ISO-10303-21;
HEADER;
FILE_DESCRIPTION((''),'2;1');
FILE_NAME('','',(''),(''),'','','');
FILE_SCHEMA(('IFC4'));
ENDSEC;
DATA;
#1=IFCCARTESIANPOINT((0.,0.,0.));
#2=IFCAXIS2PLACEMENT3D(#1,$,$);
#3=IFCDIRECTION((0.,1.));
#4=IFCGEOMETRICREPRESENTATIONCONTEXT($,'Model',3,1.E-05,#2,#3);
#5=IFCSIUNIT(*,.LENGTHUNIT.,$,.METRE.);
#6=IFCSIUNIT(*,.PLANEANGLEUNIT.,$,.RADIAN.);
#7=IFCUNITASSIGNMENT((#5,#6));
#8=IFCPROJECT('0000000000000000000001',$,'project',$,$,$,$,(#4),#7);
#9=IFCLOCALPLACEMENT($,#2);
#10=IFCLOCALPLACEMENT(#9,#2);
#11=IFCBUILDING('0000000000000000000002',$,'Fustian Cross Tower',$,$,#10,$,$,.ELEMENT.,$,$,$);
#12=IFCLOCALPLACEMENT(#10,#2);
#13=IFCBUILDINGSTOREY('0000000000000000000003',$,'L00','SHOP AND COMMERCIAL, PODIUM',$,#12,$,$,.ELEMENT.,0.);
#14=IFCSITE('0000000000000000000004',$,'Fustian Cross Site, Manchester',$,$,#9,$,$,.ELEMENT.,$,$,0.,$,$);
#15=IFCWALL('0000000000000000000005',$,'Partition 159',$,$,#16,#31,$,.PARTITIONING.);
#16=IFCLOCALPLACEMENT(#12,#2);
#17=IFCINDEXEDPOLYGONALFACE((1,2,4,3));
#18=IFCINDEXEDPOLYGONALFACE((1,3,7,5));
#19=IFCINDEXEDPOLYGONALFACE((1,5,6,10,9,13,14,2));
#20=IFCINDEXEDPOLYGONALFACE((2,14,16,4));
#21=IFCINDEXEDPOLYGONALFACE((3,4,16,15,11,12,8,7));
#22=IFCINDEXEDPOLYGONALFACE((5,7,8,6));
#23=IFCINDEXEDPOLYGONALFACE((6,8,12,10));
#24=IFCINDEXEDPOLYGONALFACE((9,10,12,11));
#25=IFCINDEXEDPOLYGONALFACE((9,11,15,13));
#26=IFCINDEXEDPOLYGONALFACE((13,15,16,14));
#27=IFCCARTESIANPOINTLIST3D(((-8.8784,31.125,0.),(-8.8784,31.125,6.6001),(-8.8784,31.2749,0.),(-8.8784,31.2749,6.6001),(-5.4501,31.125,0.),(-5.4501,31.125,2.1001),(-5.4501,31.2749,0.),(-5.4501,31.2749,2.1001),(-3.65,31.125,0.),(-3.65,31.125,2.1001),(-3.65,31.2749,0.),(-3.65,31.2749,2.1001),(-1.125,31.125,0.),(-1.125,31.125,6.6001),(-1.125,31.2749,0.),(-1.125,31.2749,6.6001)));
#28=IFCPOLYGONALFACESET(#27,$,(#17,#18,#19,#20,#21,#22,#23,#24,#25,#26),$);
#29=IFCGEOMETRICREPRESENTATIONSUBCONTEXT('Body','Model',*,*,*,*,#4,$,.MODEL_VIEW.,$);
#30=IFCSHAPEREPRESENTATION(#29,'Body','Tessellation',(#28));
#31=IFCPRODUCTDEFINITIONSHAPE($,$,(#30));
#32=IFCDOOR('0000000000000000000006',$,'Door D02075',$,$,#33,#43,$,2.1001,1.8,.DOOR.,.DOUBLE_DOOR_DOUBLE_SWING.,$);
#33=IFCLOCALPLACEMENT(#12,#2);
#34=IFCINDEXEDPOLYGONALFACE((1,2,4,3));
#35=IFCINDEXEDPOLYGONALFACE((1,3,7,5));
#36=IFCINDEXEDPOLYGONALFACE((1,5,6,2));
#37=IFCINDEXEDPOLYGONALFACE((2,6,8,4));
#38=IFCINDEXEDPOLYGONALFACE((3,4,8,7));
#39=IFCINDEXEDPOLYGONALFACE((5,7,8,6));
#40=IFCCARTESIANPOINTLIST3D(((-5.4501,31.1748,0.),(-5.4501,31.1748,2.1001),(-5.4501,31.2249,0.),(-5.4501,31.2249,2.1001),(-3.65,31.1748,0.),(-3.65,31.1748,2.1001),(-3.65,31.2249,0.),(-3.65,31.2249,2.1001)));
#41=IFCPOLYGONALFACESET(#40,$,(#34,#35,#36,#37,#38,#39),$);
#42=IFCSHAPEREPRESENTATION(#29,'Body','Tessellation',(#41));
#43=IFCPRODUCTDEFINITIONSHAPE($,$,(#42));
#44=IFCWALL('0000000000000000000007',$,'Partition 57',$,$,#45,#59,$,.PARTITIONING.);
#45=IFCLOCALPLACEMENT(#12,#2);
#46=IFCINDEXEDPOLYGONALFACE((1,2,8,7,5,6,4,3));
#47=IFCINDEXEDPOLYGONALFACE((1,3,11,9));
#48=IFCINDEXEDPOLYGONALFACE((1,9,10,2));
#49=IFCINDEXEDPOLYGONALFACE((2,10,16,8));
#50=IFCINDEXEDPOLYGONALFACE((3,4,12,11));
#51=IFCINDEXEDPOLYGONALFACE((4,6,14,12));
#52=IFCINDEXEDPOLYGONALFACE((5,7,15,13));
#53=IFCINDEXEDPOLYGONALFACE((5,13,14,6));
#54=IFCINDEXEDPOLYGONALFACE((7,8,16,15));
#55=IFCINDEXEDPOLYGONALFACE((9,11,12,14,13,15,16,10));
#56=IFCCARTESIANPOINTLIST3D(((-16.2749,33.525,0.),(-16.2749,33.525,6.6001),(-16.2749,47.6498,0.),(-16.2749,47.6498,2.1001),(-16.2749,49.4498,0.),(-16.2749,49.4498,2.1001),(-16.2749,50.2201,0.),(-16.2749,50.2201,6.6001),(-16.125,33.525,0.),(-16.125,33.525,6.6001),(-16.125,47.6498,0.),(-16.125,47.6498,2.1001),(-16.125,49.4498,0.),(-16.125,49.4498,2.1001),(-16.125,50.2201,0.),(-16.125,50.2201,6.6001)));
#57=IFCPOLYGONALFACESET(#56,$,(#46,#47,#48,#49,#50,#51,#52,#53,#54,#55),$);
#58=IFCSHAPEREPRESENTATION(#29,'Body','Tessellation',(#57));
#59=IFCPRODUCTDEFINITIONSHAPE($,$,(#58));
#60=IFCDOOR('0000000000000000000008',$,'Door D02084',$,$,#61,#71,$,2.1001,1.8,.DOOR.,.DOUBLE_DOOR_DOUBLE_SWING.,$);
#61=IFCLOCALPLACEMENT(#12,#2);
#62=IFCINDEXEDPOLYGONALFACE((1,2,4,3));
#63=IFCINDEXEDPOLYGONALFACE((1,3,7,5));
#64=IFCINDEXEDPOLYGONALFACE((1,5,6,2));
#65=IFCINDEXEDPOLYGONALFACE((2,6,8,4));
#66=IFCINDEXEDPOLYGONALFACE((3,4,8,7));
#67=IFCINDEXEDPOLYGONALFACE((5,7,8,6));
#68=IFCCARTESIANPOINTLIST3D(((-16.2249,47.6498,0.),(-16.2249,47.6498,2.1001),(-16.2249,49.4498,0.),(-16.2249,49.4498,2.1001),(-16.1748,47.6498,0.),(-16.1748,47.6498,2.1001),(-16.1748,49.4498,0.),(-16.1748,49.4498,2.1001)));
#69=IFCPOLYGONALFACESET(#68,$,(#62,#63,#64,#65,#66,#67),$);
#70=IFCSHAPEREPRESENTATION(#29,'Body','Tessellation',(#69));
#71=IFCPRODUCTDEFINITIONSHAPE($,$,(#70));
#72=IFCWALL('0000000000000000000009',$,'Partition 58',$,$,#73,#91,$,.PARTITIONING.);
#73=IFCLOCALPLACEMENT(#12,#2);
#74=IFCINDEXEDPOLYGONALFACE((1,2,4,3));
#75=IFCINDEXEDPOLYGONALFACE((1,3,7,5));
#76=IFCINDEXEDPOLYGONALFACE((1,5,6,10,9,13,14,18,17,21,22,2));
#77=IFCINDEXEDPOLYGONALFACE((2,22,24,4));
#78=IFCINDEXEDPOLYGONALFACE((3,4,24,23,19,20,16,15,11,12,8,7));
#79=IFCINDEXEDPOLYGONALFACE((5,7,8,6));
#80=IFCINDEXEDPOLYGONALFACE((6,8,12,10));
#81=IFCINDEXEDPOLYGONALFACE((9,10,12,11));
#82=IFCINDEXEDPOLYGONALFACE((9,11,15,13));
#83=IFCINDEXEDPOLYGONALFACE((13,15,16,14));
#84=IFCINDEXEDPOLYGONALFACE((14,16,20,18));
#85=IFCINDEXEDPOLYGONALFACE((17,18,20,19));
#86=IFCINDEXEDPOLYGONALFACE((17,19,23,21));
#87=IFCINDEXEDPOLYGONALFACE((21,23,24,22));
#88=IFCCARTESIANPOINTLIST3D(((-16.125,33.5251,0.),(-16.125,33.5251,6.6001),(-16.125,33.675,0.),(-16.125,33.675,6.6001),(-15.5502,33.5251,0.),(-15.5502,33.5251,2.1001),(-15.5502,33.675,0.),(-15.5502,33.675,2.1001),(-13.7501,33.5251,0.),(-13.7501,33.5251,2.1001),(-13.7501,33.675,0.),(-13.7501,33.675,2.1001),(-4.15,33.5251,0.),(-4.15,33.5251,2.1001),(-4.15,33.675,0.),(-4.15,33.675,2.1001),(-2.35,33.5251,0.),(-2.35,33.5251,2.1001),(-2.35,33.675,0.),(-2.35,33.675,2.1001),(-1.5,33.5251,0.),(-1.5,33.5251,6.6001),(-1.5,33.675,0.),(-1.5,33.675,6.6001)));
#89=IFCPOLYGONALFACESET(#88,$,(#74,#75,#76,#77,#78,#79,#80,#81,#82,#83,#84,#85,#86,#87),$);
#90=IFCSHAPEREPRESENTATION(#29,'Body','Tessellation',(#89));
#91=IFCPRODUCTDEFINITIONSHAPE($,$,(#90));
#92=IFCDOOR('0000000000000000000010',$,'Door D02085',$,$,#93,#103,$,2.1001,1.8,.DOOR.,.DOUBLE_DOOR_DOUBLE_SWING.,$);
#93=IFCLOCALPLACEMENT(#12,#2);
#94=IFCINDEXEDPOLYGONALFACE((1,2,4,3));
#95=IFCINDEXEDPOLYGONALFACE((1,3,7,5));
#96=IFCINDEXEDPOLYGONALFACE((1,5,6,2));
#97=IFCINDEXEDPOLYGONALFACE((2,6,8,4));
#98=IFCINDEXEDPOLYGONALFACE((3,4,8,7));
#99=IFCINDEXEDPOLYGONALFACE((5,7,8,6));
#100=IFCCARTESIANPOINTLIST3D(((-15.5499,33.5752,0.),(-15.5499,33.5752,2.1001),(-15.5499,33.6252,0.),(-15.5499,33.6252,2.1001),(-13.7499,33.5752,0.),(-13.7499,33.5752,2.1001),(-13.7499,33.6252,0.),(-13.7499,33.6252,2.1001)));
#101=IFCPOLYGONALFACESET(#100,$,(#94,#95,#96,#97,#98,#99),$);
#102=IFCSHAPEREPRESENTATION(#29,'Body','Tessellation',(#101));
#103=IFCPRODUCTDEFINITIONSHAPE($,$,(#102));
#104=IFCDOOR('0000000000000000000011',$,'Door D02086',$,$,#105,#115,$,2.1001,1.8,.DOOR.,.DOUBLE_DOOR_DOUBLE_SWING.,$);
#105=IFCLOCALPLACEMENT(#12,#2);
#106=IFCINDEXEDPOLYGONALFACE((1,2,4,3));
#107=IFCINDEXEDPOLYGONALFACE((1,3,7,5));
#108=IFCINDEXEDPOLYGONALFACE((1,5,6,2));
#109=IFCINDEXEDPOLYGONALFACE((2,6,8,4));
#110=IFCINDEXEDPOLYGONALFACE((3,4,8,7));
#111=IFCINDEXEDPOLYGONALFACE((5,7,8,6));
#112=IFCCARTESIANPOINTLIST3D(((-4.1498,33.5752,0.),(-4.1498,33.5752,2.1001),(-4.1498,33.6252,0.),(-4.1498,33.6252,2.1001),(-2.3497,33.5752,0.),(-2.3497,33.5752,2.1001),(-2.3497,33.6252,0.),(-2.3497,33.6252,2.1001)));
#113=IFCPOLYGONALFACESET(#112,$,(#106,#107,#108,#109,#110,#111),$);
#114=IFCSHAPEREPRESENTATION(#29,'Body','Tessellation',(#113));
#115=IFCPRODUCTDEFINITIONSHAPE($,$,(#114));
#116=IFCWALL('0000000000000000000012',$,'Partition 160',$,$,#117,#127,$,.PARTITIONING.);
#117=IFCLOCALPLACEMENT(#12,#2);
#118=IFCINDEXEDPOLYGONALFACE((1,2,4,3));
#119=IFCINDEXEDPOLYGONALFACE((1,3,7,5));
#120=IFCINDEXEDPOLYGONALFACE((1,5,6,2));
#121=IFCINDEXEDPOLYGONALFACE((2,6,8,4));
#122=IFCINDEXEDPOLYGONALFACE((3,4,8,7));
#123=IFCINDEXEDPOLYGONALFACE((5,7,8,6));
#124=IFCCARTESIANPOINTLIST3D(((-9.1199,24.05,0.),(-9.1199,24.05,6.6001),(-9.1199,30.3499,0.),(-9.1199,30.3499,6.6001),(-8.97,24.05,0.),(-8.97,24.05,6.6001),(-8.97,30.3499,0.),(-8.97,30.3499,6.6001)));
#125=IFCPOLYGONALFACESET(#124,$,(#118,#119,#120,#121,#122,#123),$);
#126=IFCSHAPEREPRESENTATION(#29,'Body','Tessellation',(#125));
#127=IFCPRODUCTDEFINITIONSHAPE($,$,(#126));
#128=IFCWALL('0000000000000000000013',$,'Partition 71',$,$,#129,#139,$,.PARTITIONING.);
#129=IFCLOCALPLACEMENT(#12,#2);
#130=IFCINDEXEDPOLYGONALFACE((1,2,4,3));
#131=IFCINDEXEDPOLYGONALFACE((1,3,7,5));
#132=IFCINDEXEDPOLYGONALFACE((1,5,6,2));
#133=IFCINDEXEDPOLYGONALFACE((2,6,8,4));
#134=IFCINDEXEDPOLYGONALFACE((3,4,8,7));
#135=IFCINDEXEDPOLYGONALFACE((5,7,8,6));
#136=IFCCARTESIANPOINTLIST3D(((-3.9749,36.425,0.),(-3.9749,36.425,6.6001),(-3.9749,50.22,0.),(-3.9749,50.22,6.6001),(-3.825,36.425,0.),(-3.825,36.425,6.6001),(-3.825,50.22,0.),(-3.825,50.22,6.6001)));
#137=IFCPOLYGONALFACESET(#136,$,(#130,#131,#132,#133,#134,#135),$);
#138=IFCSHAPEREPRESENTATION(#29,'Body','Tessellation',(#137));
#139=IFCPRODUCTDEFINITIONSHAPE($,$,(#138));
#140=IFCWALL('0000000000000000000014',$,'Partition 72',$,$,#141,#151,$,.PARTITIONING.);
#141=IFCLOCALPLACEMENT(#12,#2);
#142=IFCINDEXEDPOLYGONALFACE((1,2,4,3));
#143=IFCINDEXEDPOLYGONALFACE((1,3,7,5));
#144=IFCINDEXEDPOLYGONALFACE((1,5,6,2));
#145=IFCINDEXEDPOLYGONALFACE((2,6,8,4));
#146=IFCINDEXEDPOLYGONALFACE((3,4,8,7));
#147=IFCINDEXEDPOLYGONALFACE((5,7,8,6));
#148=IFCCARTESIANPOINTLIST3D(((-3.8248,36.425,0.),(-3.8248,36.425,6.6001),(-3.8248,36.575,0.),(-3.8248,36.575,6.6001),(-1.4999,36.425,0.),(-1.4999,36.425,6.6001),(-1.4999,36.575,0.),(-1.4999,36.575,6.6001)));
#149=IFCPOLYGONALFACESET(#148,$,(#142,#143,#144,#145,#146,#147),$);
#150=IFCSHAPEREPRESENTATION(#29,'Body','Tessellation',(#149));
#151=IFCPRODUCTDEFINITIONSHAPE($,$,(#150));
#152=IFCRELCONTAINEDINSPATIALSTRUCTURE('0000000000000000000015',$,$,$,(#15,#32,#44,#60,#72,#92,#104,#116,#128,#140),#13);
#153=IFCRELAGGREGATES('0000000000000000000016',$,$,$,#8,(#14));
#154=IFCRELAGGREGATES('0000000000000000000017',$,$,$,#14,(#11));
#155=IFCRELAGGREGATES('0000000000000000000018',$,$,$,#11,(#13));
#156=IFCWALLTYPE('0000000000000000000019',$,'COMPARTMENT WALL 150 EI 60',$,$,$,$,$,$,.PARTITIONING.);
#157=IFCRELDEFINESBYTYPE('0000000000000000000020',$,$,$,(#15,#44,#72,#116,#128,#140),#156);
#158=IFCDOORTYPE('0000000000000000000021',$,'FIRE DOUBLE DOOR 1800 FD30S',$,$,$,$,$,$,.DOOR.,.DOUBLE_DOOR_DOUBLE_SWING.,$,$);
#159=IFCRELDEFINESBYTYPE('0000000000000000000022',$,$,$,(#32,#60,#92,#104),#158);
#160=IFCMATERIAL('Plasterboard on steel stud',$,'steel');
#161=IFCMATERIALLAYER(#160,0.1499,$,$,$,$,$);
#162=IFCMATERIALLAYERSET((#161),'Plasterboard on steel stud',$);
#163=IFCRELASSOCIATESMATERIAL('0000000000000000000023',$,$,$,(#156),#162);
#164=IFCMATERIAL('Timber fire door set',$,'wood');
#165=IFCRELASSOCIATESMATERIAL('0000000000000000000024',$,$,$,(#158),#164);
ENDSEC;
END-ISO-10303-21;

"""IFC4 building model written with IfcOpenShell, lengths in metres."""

from ifc_helpers import new_model, si_unit, direction, frame, frame_2d, origin, place, context, subcontext, project, spatial, rectangle, extrude, material, layer, layer_set, type_object, element, fill, save


model = new_model("IFC4")

# Units and contexts
model_context = context("Model", 3, precision=1e-05, world=origin(), true_north=direction((0.0, 1.0)))
body_context = subcontext(model_context, "Body", "Model", "MODEL_VIEW")
ifc_project = project(units=[si_unit("LENGTHUNIT", "METRE"), si_unit("PLANEANGLEUNIT", "RADIAN")], contexts=[model_context])

# Site, building, storey
site_placement = place(None, origin())
site = spatial("IfcSite", under=ifc_project, at=site_placement, Name="Fustian Cross Site, Manchester", CompositionType="ELEMENT", RefElevation=0.0)
building_placement = place(site_placement, origin())
building = spatial("IfcBuilding", under=site, at=building_placement, Name="Fustian Cross Tower", CompositionType="ELEMENT")
storey_placement = place(building_placement, origin())
storey = spatial("IfcBuildingStorey", under=building, at=storey_placement, Name="L00", Description="SHOP AND COMMERCIAL, PODIUM", CompositionType="ELEMENT", Elevation=0.0)

# Shared definitions
ifc_material_1 = material(Name="Plasterboard on steel stud", Category="steel")
ifc_layer = layer(ifc_material_1, 0.1499)
ifc_layer_set = layer_set([ifc_layer], Name="Plasterboard on steel stud")
wall_type = type_object("IfcWallType", Name="COMPARTMENT WALL 150 EI 60", PredefinedType="PARTITIONING", material=ifc_layer_set)
ifc_material_2 = material(Name="Timber fire door set", Category="wood")
door_type = type_object("IfcDoorType", Name="FIRE DOUBLE DOOR 1800 FD30S", OperationType="DOUBLE_DOOR_DOUBLE_SWING", PredefinedType="DOOR", material=ifc_material_2)

# Walls, openings, doors
wall_1_placement = place(storey_placement, frame((-8.8784, 31.2, 0.0), z_axis=(0.0, 0.0, 1.0), x_axis=(1.0, 0.0, 0.0)))
wall_1 = element("IfcWall", 1, at=wall_1_placement, inside=storey, type_object=wall_type, Name="Partition 159", PredefinedType="PARTITIONING", context=body_context, shape_type="SweptSolid", body=[
    extrude(rectangle(XDim=7.7534, YDim=0.1499, at=frame_2d((3.8767, 0.0))), origin(), (0.0, 0.0, 1.0), 6.6001),
])
opening_1_placement = place(wall_1_placement, frame((3.4285, 0.0, 0.0)))
opening_1 = element("IfcOpeningElement", 2, at=opening_1_placement, cuts=wall_1, PredefinedType="OPENING", context=body_context, shape_type="SweptSolid", body=[
    extrude(rectangle(XDim=1.8, YDim=2.1001, at=frame_2d((0.8999, 1.05))), frame((0.0, 0.085, 0.0), z_axis=(0.0, -1.0, 0.0), x_axis=(1.0, 0.0, 0.0)), (0.0, 0.0, 1.0), 0.1699),
])
door_1_placement = place(opening_1_placement, origin())
door_1 = element("IfcDoor", 3, at=door_1_placement, inside=storey, type_object=door_type, Name="Door D02075", OperationType="DOUBLE_DOOR_DOUBLE_SWING", OverallHeight=2.1001, OverallWidth=1.8, PredefinedType="DOOR", context=body_context, shape_type="SweptSolid", body=[
    extrude(rectangle(XDim=1.8, YDim=2.1001, at=frame_2d((0.8999, 1.05))), frame((0.0, 0.0249, 0.0), z_axis=(0.0, -1.0, 0.0), x_axis=(1.0, 0.0, 0.0)), (0.0, 0.0, 1.0), 0.05),
])
fill(opening_1, door_1)
wall_2_placement = place(storey_placement, frame((-16.2, 33.5249, 0.0), z_axis=(0.0, 0.0, 1.0), x_axis=(0.0, 1.0, 0.0)))
wall_2 = element("IfcWall", 4, at=wall_2_placement, inside=storey, type_object=wall_type, Name="Partition 57", PredefinedType="PARTITIONING", context=body_context, shape_type="SweptSolid", body=[
    extrude(rectangle(XDim=16.6951, YDim=0.1499, at=frame_2d((8.3477, 0.0))), origin(), (0.0, 0.0, 1.0), 6.6001),
])
opening_2_placement = place(wall_2_placement, frame((14.125, 0.0, 0.0)))
opening_2 = element("IfcOpeningElement", 5, at=opening_2_placement, cuts=wall_2, PredefinedType="OPENING", context=body_context, shape_type="SweptSolid", body=[
    extrude(rectangle(XDim=1.8, YDim=2.1001, at=frame_2d((0.8999, 1.05))), frame((0.0, 0.085, 0.0), z_axis=(0.0, -1.0, 0.0), x_axis=(1.0, 0.0, 0.0)), (0.0, 0.0, 1.0), 0.1699),
])
door_2_placement = place(opening_2_placement, origin())
door_2 = element("IfcDoor", 6, at=door_2_placement, inside=storey, type_object=door_type, Name="Door D02084", OperationType="DOUBLE_DOOR_DOUBLE_SWING", OverallHeight=2.1001, OverallWidth=1.8, PredefinedType="DOOR", context=body_context, shape_type="SweptSolid", body=[
    extrude(rectangle(XDim=1.8, YDim=2.1001, at=frame_2d((0.8999, 1.05))), frame((0.0, 0.0249, 0.0), z_axis=(0.0, -1.0, 0.0), x_axis=(1.0, 0.0, 0.0)), (0.0, 0.0, 1.0), 0.05),
])
fill(opening_2, door_2)

# Wall, openings, doors
wall_3_placement = place(storey_placement, frame((-16.125, 33.6001, 0.0), z_axis=(0.0, 0.0, 1.0), x_axis=(1.0, 0.0, 0.0)))
wall_3 = element("IfcWall", 7, at=wall_3_placement, inside=storey, type_object=wall_type, Name="Partition 58", PredefinedType="PARTITIONING", context=body_context, shape_type="SweptSolid", body=[
    extrude(rectangle(XDim=14.625, YDim=0.1499, at=frame_2d((7.3125, 0.0))), origin(), (0.0, 0.0, 1.0), 6.6001),
])
opening_3_placement = place(wall_3_placement, frame((0.575, 0.0, 0.0)))
opening_3 = element("IfcOpeningElement", 8, at=opening_3_placement, cuts=wall_3, PredefinedType="OPENING", context=body_context, shape_type="SweptSolid", body=[
    extrude(rectangle(XDim=1.8, YDim=2.1001, at=frame_2d((0.8999, 1.05))), frame((0.0, 0.085, 0.0), z_axis=(0.0, -1.0, 0.0), x_axis=(1.0, 0.0, 0.0)), (0.0, 0.0, 1.0), 0.1699),
])
opening_4_placement = place(wall_3_placement, frame((11.9751, 0.0, 0.0)))
opening_4 = element("IfcOpeningElement", 9, at=opening_4_placement, cuts=wall_3, PredefinedType="OPENING", context=body_context, shape_type="SweptSolid", body=[
    extrude(rectangle(XDim=1.8, YDim=2.1001, at=frame_2d((0.8999, 1.05))), frame((0.0, 0.085, 0.0), z_axis=(0.0, -1.0, 0.0), x_axis=(1.0, 0.0, 0.0)), (0.0, 0.0, 1.0), 0.1699),
])
door_3_placement = place(opening_3_placement, frame((1.8, 0.0, 0.0), z_axis=(0.0, 0.0, 1.0), x_axis=(-1.0, 0.0, 0.0)))
door_3 = element("IfcDoor", 10, at=door_3_placement, inside=storey, type_object=door_type, Name="Door D02085", OperationType="DOUBLE_DOOR_DOUBLE_SWING", OverallHeight=2.1001, OverallWidth=1.8, PredefinedType="DOOR", context=body_context, shape_type="SweptSolid", body=[
    extrude(rectangle(XDim=1.8, YDim=2.1001, at=frame_2d((0.8999, 1.05))), frame((0.0, 0.0249, 0.0), z_axis=(0.0, -1.0, 0.0), x_axis=(1.0, 0.0, 0.0)), (0.0, 0.0, 1.0), 0.05),
])
fill(opening_3, door_3)
door_4_placement = place(opening_4_placement, frame((1.8, 0.0, 0.0), z_axis=(0.0, 0.0, 1.0), x_axis=(-1.0, 0.0, 0.0)))
door_4 = element("IfcDoor", 11, at=door_4_placement, inside=storey, type_object=door_type, Name="Door D02086", OperationType="DOUBLE_DOOR_DOUBLE_SWING", OverallHeight=2.1001, OverallWidth=1.8, PredefinedType="DOOR", context=body_context, shape_type="SweptSolid", body=[
    extrude(rectangle(XDim=1.8, YDim=2.1001, at=frame_2d((0.8999, 1.05))), frame((0.0, 0.0249, 0.0), z_axis=(0.0, -1.0, 0.0), x_axis=(1.0, 0.0, 0.0)), (0.0, 0.0, 1.0), 0.05),
])
fill(opening_4, door_4)

# Walls
wall_4_placement = place(storey_placement, frame((-9.0449, 24.05, 0.0), z_axis=(0.0, 0.0, 1.0), x_axis=(0.0, 1.0, 0.0)))
element("IfcWall", 12, at=wall_4_placement, inside=storey, type_object=wall_type, Name="Partition 160", PredefinedType="PARTITIONING", context=body_context, shape_type="SweptSolid", body=[
    extrude(rectangle(XDim=6.2998, YDim=0.1499, at=frame_2d((3.1499, 0.0))), origin(), (0.0, 0.0, 1.0), 6.6001),
])
wall_5_placement = place(storey_placement, frame((-3.8999, 36.425, 0.0), z_axis=(0.0, 0.0, 1.0), x_axis=(0.0, 1.0, 0.0)))
element("IfcWall", 13, at=wall_5_placement, inside=storey, type_object=wall_type, Name="Partition 71", PredefinedType="PARTITIONING", context=body_context, shape_type="SweptSolid", body=[
    extrude(rectangle(XDim=13.7949, YDim=0.1499, at=frame_2d((6.8975, 0.0))), origin(), (0.0, 0.0, 1.0), 6.6001),
])
wall_6_placement = place(storey_placement, frame((-3.825, 36.5, 0.0), z_axis=(0.0, 0.0, 1.0), x_axis=(1.0, 0.0, 0.0)))
element("IfcWall", 14, at=wall_6_placement, inside=storey, type_object=wall_type, Name="Partition 72", PredefinedType="PARTITIONING", context=body_context, shape_type="SweptSolid", body=[
    extrude(rectangle(XDim=2.325, YDim=0.1499, at=frame_2d((1.1626, 0.0))), origin(), (0.0, 0.0, 1.0), 6.6001),
])

save(model, "model.ifc")
